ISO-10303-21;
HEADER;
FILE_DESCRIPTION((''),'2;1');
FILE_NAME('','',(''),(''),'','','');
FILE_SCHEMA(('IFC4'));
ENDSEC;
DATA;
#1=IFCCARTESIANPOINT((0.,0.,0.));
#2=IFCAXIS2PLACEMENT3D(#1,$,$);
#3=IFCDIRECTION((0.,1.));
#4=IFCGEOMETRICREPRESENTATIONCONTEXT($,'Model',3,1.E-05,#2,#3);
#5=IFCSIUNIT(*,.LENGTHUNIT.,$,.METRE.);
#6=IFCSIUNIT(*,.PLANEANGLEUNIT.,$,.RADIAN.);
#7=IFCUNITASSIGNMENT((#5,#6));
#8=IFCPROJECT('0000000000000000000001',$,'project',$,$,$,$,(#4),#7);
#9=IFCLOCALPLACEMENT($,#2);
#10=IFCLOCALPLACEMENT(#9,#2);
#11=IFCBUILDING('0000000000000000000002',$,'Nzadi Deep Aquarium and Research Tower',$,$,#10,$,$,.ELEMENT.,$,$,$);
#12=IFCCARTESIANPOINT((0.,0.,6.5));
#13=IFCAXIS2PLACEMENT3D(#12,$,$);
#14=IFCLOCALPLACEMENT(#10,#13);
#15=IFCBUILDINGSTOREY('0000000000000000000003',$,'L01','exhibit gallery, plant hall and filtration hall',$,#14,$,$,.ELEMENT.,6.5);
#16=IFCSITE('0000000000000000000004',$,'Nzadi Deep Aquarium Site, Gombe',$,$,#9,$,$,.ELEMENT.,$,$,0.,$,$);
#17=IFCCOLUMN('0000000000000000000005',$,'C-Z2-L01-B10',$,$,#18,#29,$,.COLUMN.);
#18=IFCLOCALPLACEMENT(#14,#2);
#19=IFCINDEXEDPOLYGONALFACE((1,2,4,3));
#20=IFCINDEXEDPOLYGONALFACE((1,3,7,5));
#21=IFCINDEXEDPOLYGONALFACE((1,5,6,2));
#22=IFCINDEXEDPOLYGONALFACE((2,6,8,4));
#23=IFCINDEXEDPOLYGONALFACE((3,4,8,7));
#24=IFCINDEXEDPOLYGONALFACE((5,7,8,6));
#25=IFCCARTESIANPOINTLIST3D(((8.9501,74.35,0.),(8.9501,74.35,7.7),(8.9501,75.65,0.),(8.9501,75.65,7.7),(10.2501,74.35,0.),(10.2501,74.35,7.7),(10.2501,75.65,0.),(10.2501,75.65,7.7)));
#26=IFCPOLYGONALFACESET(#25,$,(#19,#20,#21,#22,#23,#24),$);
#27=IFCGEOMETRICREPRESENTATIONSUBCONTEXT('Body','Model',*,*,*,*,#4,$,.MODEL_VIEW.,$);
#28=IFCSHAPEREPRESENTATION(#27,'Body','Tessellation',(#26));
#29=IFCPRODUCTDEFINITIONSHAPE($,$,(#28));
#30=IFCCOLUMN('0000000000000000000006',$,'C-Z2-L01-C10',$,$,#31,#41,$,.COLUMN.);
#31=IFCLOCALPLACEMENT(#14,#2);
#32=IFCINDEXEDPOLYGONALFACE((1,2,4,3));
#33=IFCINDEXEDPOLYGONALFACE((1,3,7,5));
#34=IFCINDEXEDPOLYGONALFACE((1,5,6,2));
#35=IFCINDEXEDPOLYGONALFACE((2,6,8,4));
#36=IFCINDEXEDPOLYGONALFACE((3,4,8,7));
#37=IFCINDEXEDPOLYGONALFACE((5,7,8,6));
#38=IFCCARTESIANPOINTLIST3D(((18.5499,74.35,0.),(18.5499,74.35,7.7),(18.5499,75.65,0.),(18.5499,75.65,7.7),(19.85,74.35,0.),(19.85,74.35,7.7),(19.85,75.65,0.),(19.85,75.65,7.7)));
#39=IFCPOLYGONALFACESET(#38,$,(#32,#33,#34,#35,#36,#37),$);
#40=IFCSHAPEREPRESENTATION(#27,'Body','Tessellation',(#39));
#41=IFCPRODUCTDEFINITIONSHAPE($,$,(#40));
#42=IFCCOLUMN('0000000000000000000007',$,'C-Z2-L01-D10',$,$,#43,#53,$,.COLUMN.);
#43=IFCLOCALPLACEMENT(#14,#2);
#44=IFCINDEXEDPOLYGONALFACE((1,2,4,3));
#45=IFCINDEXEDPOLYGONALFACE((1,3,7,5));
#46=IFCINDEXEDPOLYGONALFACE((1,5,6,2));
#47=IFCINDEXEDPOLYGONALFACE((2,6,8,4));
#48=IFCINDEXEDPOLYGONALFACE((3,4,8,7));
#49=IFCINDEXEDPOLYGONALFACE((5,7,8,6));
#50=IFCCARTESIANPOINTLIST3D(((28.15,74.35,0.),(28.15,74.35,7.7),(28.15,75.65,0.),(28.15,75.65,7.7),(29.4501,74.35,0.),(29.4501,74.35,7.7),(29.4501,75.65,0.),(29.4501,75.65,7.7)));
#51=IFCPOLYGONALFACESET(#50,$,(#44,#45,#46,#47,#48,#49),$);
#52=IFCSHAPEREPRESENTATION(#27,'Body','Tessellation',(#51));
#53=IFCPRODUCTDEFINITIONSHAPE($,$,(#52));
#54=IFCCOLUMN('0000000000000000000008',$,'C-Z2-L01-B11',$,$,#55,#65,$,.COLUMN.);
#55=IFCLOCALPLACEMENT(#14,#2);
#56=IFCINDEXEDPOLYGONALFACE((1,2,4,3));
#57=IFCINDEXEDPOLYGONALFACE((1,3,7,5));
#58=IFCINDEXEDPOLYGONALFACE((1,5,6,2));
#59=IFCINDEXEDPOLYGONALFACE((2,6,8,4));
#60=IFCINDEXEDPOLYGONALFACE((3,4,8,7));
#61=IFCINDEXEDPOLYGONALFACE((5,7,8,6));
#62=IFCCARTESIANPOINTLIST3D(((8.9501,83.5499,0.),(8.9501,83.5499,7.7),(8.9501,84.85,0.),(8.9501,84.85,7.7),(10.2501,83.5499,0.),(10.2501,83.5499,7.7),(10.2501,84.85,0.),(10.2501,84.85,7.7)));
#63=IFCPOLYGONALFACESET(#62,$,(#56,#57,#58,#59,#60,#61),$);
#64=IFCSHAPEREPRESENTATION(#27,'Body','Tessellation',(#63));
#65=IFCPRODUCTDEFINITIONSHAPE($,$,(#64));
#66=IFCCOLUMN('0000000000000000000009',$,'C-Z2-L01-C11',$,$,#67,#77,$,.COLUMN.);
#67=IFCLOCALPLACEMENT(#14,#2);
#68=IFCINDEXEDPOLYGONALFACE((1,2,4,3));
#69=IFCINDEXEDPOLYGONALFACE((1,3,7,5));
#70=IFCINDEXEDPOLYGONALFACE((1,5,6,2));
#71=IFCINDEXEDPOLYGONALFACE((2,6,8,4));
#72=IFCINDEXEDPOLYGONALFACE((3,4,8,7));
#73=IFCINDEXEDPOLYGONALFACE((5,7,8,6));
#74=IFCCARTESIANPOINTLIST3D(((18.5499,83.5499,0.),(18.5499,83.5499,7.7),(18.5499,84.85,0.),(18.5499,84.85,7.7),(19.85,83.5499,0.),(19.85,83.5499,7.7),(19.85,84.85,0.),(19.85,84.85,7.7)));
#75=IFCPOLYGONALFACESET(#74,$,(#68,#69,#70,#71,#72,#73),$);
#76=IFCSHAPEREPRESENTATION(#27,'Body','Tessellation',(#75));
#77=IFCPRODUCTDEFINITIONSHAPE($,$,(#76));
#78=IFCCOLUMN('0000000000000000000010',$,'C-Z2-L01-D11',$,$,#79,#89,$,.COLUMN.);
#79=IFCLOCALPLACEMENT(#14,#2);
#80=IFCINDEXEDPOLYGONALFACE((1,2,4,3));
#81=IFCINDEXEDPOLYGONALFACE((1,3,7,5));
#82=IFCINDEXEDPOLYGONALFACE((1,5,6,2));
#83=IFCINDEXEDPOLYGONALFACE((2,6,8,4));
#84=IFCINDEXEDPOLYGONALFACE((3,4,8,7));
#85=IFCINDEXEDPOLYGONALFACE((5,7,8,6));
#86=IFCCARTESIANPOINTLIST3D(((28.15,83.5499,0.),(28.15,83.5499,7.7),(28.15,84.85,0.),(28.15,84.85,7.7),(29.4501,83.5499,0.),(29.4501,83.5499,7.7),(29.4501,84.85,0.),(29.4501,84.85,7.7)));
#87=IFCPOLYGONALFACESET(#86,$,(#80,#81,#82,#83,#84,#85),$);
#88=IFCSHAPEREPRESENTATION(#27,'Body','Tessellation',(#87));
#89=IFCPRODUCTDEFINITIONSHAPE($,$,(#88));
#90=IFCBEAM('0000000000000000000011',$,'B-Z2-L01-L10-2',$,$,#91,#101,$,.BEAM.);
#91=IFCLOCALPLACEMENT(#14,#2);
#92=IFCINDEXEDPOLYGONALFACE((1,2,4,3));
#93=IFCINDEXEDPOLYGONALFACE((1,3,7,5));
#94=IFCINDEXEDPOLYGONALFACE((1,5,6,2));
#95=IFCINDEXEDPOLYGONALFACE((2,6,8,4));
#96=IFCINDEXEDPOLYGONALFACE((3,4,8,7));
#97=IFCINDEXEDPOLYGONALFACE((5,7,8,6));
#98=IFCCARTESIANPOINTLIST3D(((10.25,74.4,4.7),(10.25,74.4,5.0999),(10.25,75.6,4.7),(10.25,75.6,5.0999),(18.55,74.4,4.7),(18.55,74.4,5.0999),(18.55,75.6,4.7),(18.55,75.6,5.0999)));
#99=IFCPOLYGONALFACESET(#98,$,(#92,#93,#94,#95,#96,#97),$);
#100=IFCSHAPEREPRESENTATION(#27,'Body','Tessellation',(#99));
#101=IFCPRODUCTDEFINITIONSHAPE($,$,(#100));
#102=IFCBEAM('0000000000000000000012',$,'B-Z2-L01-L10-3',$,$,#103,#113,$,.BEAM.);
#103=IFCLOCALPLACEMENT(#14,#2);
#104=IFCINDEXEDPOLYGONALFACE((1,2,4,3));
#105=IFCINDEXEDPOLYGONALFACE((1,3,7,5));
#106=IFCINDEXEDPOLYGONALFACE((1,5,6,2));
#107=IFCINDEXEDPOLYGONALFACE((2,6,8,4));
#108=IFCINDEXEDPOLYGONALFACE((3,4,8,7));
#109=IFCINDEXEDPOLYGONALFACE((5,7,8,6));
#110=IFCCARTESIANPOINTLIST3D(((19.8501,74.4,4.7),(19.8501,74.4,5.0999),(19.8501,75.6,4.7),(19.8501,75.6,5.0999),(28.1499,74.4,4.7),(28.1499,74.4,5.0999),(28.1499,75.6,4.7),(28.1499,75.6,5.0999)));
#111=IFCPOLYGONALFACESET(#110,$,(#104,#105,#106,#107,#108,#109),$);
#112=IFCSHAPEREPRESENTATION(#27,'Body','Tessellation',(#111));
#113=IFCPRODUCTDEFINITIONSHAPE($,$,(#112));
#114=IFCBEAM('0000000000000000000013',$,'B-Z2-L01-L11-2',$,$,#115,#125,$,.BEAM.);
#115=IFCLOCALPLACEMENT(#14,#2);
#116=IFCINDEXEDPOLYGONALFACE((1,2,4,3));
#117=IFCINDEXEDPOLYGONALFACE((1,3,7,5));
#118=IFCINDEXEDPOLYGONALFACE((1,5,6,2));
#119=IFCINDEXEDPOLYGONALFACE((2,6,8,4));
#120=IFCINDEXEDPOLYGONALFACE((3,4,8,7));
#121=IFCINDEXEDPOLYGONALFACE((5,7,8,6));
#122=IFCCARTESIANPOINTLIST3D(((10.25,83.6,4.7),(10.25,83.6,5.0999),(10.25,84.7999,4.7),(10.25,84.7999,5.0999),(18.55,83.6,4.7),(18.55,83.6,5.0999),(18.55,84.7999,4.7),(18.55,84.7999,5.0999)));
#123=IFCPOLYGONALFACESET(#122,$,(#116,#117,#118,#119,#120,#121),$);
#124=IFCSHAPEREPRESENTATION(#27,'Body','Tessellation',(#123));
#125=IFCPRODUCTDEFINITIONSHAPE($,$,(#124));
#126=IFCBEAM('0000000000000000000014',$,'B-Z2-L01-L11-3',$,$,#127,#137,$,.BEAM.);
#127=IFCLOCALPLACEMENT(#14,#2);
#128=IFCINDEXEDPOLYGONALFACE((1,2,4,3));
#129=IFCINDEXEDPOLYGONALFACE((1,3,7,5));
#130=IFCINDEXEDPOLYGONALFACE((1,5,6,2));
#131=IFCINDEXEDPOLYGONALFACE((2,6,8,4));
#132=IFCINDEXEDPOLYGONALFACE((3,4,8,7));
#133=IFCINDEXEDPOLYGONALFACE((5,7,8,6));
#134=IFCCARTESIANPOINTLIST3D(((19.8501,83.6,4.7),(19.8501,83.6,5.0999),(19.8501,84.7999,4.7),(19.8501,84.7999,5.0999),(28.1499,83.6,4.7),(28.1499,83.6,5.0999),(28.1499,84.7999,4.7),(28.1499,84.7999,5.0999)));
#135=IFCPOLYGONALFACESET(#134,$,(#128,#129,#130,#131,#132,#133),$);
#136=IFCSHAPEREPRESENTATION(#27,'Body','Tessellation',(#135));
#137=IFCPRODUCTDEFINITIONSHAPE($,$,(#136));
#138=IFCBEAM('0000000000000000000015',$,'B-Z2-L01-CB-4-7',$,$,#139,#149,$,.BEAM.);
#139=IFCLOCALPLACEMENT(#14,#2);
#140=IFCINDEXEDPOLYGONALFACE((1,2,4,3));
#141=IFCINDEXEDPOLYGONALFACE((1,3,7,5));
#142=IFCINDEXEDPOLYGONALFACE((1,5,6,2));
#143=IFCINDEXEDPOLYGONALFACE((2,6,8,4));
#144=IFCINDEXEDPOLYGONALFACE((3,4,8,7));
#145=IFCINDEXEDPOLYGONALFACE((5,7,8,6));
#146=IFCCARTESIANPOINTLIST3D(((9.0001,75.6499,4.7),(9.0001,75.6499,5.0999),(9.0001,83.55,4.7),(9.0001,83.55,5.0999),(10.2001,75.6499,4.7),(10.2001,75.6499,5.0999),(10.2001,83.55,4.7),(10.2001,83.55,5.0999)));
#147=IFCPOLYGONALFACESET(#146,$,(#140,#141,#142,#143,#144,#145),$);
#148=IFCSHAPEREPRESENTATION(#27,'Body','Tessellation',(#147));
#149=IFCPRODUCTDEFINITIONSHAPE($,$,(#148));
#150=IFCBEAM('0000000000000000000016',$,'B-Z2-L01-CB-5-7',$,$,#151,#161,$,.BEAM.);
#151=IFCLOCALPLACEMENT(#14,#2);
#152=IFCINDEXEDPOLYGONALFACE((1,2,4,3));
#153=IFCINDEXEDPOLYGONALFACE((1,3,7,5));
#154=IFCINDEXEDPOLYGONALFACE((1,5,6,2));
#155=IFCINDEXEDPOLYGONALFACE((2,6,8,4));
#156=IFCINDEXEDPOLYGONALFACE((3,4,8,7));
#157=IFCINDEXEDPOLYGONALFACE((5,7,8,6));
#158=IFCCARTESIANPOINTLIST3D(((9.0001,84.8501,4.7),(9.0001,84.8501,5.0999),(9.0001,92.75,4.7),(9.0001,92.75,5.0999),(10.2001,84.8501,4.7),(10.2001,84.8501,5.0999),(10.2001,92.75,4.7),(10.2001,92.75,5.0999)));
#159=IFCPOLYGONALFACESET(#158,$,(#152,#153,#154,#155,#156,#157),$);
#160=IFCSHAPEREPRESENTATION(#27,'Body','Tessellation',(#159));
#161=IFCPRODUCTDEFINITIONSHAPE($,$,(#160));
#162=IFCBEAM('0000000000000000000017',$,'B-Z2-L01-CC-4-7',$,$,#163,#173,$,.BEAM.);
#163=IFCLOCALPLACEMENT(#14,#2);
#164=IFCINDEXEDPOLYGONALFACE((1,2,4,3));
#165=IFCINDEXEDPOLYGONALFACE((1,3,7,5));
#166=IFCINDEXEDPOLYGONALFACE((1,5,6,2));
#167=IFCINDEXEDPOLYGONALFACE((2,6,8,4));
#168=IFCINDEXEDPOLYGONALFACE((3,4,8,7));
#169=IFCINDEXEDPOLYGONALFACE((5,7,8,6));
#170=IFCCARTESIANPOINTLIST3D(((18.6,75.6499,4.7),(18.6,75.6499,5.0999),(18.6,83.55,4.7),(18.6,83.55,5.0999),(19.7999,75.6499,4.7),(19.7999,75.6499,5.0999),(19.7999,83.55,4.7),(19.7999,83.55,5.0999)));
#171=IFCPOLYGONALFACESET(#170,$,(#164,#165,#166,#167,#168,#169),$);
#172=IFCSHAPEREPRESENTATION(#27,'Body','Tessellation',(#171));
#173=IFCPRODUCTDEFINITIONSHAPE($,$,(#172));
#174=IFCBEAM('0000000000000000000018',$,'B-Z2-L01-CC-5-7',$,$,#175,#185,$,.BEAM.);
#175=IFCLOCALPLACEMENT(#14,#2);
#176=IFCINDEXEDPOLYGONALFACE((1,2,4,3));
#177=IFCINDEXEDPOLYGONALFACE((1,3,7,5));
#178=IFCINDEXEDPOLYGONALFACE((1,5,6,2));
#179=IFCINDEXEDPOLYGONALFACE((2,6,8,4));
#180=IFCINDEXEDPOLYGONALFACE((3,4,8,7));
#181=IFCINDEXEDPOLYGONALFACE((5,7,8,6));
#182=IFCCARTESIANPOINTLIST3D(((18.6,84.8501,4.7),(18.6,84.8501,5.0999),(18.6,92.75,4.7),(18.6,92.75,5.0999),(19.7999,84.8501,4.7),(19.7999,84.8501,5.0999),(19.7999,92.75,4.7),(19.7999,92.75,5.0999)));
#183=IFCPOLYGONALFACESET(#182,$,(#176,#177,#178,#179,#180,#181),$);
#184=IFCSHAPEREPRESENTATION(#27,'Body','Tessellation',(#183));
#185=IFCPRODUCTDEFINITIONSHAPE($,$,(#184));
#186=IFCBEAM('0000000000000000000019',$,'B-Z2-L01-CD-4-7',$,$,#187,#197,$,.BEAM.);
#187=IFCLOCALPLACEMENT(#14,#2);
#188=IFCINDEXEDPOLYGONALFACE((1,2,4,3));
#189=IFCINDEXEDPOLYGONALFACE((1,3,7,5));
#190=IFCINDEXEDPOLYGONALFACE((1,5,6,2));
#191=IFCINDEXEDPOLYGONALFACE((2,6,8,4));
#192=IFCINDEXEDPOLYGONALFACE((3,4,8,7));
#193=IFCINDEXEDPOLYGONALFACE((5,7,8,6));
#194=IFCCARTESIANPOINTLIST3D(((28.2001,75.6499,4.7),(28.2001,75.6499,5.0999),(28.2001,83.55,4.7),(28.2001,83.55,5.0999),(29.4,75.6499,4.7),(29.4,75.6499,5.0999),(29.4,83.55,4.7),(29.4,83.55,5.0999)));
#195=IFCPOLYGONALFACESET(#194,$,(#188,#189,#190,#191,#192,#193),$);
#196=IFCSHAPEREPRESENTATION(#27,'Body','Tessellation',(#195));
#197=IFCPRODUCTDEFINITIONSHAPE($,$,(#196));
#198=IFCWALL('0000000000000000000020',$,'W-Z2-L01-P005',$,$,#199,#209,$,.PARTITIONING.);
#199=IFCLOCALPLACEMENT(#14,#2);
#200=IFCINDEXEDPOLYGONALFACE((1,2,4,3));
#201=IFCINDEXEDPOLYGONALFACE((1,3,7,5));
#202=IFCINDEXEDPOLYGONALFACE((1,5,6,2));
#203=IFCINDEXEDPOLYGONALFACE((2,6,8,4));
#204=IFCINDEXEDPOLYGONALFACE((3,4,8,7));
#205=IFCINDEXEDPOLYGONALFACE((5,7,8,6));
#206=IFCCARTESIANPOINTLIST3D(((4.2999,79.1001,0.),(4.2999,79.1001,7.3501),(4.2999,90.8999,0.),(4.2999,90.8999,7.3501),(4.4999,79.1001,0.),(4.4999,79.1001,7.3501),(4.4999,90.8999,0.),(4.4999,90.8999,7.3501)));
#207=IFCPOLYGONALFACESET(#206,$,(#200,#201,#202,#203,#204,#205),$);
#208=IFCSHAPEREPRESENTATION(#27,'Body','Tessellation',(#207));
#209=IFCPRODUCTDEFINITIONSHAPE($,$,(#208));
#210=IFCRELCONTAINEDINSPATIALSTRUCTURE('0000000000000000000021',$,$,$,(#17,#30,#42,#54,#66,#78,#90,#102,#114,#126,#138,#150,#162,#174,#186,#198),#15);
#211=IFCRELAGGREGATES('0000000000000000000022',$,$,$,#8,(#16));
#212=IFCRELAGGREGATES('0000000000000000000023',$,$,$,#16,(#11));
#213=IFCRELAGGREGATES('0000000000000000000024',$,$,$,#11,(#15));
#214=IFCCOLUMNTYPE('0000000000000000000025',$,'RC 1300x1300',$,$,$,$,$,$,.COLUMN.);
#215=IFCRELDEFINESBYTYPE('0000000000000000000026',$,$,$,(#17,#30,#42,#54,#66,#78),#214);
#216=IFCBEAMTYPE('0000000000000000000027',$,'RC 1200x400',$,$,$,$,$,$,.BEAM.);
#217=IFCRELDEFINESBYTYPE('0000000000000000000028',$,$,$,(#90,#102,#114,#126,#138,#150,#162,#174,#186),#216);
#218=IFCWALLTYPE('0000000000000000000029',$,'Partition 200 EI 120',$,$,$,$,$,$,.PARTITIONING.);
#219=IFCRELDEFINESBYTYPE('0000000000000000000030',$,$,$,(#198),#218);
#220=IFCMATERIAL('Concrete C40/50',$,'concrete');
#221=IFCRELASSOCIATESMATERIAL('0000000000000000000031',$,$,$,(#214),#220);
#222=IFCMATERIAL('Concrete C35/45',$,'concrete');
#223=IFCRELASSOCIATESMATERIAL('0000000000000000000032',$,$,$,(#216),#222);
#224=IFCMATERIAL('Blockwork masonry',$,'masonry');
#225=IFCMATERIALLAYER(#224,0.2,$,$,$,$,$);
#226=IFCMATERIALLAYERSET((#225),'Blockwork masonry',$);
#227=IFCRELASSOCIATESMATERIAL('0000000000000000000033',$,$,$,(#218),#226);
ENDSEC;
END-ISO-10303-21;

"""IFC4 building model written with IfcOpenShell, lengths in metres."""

from ifc_helpers import new_model, si_unit, direction, frame, frame_2d, origin, origin_2d, place, context, subcontext, project, spatial, rectangle, extrude, material, layer, layer_set, material_profile, profile_set, type_object, element, save


model = new_model("IFC4")

# Units and contexts
model_context = context("Model", 3, precision=1e-05, world=origin(), true_north=direction((0.0, 1.0)))
body_context = subcontext(model_context, "Body", "Model", "MODEL_VIEW")
ifc_project = project(units=[si_unit("LENGTHUNIT", "METRE"), si_unit("PLANEANGLEUNIT", "RADIAN")], contexts=[model_context])

# Site, building, storey
site_placement = place(None, origin())
site = spatial("IfcSite", under=ifc_project, at=site_placement, Name="Nzadi Deep Aquarium Site, Gombe", CompositionType="ELEMENT", RefElevation=0.0)
building_placement = place(site_placement, origin())
building = spatial("IfcBuilding", under=site, at=building_placement, Name="Nzadi Deep Aquarium and Research Tower", CompositionType="ELEMENT")
storey_placement = place(building_placement, frame((0.0, 0.0, 6.5)))
storey = spatial("IfcBuildingStorey", under=building, at=storey_placement, Name="L01", Description="exhibit gallery, plant hall and filtration hall", CompositionType="ELEMENT", Elevation=6.5)

# Columns
ifc_material_1 = material(Name="Concrete C40/50", Category="concrete")
ifc_material_profile_1 = material_profile(ifc_material_1, rectangle(XDim=1.3, YDim=1.3, at=origin_2d()))
ifc_profile_set_1 = profile_set([ifc_material_profile_1], Name="Concrete C40/50")
column_type = type_object("IfcColumnType", Name="RC 1300x1300", PredefinedType="COLUMN", material=ifc_profile_set_1)
for number, where, z_axis, x_axis, name in (
    (1, (9.6001, 75.0, 0.0), (0.0, 0.0, 1.0), (1.0, 0.0, 0.0), "C-Z2-L01-B10"),
    (2, (19.2, 75.0, 0.0), (0.0, 0.0, 1.0), (1.0, 0.0, 0.0), "C-Z2-L01-C10"),
    (3, (28.8, 75.0, 0.0), (0.0, 0.0, 1.0), (1.0, 0.0, 0.0), "C-Z2-L01-D10"),
    (4, (9.6001, 84.2, 0.0), (0.0, 0.0, 1.0), (1.0, 0.0, 0.0), "C-Z2-L01-B11"),
    (5, (19.2, 84.2, 0.0), (0.0, 0.0, 1.0), (1.0, 0.0, 0.0), "C-Z2-L01-C11"),
    (6, (28.8, 84.2, 0.0), (0.0, 0.0, 1.0), (1.0, 0.0, 0.0), "C-Z2-L01-D11"),
):
    element("IfcColumn", number, at=place(storey_placement, frame(where, z_axis=z_axis, x_axis=x_axis)), inside=storey, type_object=column_type, Name=name, PredefinedType="COLUMN", context=body_context, shape_type="SweptSolid", body=[
        extrude(rectangle(XDim=1.3, YDim=1.3, at=origin_2d()), origin(), (0.0, 0.0, 1.0), 7.7),
    ])

# Beams
ifc_material_2 = material(Name="Concrete C35/45", Category="concrete")
ifc_material_profile_2 = material_profile(ifc_material_2, rectangle(XDim=1.2, YDim=0.3999, at=origin_2d()))
ifc_profile_set_2 = profile_set([ifc_material_profile_2], Name="Concrete C35/45")
beam_type = type_object("IfcBeamType", Name="RC 1200x400", PredefinedType="BEAM", material=ifc_profile_set_2)
beam_1_placement = place(storey_placement, frame((10.25, 75.0, 4.8999), z_axis=(1.0, 0.0, 0.0), x_axis=(0.0, 1.0, 0.0)))
element("IfcBeam", 7, at=beam_1_placement, inside=storey, type_object=beam_type, Name="B-Z2-L01-L10-2", PredefinedType="BEAM", context=body_context, shape_type="SweptSolid", body=[
    extrude(rectangle(XDim=1.2, YDim=0.3999, at=origin_2d()), origin(), (0.0, 0.0, 1.0), 8.3),
])
beam_2_placement = place(storey_placement, frame((19.8501, 75.0, 4.8999), z_axis=(1.0, 0.0, 0.0), x_axis=(0.0, 1.0, 0.0)))
element("IfcBeam", 8, at=beam_2_placement, inside=storey, type_object=beam_type, Name="B-Z2-L01-L10-3", PredefinedType="BEAM", context=body_context, shape_type="SweptSolid", body=[
    extrude(rectangle(XDim=1.2, YDim=0.3999, at=origin_2d()), origin(), (0.0, 0.0, 1.0), 8.2998),
])
beam_3_placement = place(storey_placement, frame((10.25, 84.2, 4.8999), z_axis=(1.0, 0.0, 0.0), x_axis=(0.0, 1.0, 0.0)))
element("IfcBeam", 9, at=beam_3_placement, inside=storey, type_object=beam_type, Name="B-Z2-L01-L11-2", PredefinedType="BEAM", context=body_context, shape_type="SweptSolid", body=[
    extrude(rectangle(XDim=1.2, YDim=0.3999, at=origin_2d()), origin(), (0.0, 0.0, 1.0), 8.3),
])
beam_4_placement = place(storey_placement, frame((19.8501, 84.2, 4.8999), z_axis=(1.0, 0.0, 0.0), x_axis=(0.0, 1.0, 0.0)))
element("IfcBeam", 10, at=beam_4_placement, inside=storey, type_object=beam_type, Name="B-Z2-L01-L11-3", PredefinedType="BEAM", context=body_context, shape_type="SweptSolid", body=[
    extrude(rectangle(XDim=1.2, YDim=0.3999, at=origin_2d()), origin(), (0.0, 0.0, 1.0), 8.2998),
])
beam_5_placement = place(storey_placement, frame((9.6001, 75.6499, 4.8999), z_axis=(0.0, 1.0, 0.0), x_axis=(-1.0, 0.0, 0.0)))
element("IfcBeam", 11, at=beam_5_placement, inside=storey, type_object=beam_type, Name="B-Z2-L01-CB-4-7", PredefinedType="BEAM", context=body_context, shape_type="SweptSolid", body=[
    extrude(rectangle(XDim=1.2, YDim=0.3999, at=origin_2d()), origin(), (0.0, 0.0, 1.0), 7.9001),
])
beam_6_placement = place(storey_placement, frame((9.6001, 84.8501, 4.8999), z_axis=(0.0, 1.0, 0.0), x_axis=(-1.0, 0.0, 0.0)))
element("IfcBeam", 12, at=beam_6_placement, inside=storey, type_object=beam_type, Name="B-Z2-L01-CB-5-7", PredefinedType="BEAM", context=body_context, shape_type="SweptSolid", body=[
    extrude(rectangle(XDim=1.2, YDim=0.3999, at=origin_2d()), origin(), (0.0, 0.0, 1.0), 7.8999),
])
beam_7_placement = place(storey_placement, frame((19.2, 75.6499, 4.8999), z_axis=(0.0, 1.0, 0.0), x_axis=(-1.0, 0.0, 0.0)))
element("IfcBeam", 13, at=beam_7_placement, inside=storey, type_object=beam_type, Name="B-Z2-L01-CC-4-7", PredefinedType="BEAM", context=body_context, shape_type="SweptSolid", body=[
    extrude(rectangle(XDim=1.2, YDim=0.3999, at=origin_2d()), origin(), (0.0, 0.0, 1.0), 7.9001),
])
beam_8_placement = place(storey_placement, frame((19.2, 84.8501, 4.8999), z_axis=(0.0, 1.0, 0.0), x_axis=(-1.0, 0.0, 0.0)))
element("IfcBeam", 14, at=beam_8_placement, inside=storey, type_object=beam_type, Name="B-Z2-L01-CC-5-7", PredefinedType="BEAM", context=body_context, shape_type="SweptSolid", body=[
    extrude(rectangle(XDim=1.2, YDim=0.3999, at=origin_2d()), origin(), (0.0, 0.0, 1.0), 7.8999),
])
beam_9_placement = place(storey_placement, frame((28.8, 75.6499, 4.8999), z_axis=(0.0, 1.0, 0.0), x_axis=(-1.0, 0.0, 0.0)))
element("IfcBeam", 15, at=beam_9_placement, inside=storey, type_object=beam_type, Name="B-Z2-L01-CD-4-7", PredefinedType="BEAM", context=body_context, shape_type="SweptSolid", body=[
    extrude(rectangle(XDim=1.2, YDim=0.3999, at=origin_2d()), origin(), (0.0, 0.0, 1.0), 7.9001),
])

# Wall
ifc_material_3 = material(Name="Blockwork masonry", Category="masonry")
ifc_layer_1 = layer(ifc_material_3, 0.2)
ifc_layer_set_1 = layer_set([ifc_layer_1], Name="Blockwork masonry")
wall_type_1 = type_object("IfcWallType", Name="Partition 200 EI 120", PredefinedType="PARTITIONING", material=ifc_layer_set_1)
wall_1_placement = place(storey_placement, frame((4.3999, 79.1001, 0.0), z_axis=(0.0, 0.0, 1.0), x_axis=(0.0, 1.0, 0.0)))
element("IfcWall", 16, at=wall_1_placement, inside=storey, type_object=wall_type_1, Name="W-Z2-L01-P005", PredefinedType="PARTITIONING", context=body_context, shape_type="SweptSolid", body=[
    extrude(rectangle(XDim=11.7998, YDim=0.2, at=frame_2d((5.8999, 0.0))), origin(), (0.0, 0.0, 1.0), 7.3501),
])

save(model, "model.ifc")
